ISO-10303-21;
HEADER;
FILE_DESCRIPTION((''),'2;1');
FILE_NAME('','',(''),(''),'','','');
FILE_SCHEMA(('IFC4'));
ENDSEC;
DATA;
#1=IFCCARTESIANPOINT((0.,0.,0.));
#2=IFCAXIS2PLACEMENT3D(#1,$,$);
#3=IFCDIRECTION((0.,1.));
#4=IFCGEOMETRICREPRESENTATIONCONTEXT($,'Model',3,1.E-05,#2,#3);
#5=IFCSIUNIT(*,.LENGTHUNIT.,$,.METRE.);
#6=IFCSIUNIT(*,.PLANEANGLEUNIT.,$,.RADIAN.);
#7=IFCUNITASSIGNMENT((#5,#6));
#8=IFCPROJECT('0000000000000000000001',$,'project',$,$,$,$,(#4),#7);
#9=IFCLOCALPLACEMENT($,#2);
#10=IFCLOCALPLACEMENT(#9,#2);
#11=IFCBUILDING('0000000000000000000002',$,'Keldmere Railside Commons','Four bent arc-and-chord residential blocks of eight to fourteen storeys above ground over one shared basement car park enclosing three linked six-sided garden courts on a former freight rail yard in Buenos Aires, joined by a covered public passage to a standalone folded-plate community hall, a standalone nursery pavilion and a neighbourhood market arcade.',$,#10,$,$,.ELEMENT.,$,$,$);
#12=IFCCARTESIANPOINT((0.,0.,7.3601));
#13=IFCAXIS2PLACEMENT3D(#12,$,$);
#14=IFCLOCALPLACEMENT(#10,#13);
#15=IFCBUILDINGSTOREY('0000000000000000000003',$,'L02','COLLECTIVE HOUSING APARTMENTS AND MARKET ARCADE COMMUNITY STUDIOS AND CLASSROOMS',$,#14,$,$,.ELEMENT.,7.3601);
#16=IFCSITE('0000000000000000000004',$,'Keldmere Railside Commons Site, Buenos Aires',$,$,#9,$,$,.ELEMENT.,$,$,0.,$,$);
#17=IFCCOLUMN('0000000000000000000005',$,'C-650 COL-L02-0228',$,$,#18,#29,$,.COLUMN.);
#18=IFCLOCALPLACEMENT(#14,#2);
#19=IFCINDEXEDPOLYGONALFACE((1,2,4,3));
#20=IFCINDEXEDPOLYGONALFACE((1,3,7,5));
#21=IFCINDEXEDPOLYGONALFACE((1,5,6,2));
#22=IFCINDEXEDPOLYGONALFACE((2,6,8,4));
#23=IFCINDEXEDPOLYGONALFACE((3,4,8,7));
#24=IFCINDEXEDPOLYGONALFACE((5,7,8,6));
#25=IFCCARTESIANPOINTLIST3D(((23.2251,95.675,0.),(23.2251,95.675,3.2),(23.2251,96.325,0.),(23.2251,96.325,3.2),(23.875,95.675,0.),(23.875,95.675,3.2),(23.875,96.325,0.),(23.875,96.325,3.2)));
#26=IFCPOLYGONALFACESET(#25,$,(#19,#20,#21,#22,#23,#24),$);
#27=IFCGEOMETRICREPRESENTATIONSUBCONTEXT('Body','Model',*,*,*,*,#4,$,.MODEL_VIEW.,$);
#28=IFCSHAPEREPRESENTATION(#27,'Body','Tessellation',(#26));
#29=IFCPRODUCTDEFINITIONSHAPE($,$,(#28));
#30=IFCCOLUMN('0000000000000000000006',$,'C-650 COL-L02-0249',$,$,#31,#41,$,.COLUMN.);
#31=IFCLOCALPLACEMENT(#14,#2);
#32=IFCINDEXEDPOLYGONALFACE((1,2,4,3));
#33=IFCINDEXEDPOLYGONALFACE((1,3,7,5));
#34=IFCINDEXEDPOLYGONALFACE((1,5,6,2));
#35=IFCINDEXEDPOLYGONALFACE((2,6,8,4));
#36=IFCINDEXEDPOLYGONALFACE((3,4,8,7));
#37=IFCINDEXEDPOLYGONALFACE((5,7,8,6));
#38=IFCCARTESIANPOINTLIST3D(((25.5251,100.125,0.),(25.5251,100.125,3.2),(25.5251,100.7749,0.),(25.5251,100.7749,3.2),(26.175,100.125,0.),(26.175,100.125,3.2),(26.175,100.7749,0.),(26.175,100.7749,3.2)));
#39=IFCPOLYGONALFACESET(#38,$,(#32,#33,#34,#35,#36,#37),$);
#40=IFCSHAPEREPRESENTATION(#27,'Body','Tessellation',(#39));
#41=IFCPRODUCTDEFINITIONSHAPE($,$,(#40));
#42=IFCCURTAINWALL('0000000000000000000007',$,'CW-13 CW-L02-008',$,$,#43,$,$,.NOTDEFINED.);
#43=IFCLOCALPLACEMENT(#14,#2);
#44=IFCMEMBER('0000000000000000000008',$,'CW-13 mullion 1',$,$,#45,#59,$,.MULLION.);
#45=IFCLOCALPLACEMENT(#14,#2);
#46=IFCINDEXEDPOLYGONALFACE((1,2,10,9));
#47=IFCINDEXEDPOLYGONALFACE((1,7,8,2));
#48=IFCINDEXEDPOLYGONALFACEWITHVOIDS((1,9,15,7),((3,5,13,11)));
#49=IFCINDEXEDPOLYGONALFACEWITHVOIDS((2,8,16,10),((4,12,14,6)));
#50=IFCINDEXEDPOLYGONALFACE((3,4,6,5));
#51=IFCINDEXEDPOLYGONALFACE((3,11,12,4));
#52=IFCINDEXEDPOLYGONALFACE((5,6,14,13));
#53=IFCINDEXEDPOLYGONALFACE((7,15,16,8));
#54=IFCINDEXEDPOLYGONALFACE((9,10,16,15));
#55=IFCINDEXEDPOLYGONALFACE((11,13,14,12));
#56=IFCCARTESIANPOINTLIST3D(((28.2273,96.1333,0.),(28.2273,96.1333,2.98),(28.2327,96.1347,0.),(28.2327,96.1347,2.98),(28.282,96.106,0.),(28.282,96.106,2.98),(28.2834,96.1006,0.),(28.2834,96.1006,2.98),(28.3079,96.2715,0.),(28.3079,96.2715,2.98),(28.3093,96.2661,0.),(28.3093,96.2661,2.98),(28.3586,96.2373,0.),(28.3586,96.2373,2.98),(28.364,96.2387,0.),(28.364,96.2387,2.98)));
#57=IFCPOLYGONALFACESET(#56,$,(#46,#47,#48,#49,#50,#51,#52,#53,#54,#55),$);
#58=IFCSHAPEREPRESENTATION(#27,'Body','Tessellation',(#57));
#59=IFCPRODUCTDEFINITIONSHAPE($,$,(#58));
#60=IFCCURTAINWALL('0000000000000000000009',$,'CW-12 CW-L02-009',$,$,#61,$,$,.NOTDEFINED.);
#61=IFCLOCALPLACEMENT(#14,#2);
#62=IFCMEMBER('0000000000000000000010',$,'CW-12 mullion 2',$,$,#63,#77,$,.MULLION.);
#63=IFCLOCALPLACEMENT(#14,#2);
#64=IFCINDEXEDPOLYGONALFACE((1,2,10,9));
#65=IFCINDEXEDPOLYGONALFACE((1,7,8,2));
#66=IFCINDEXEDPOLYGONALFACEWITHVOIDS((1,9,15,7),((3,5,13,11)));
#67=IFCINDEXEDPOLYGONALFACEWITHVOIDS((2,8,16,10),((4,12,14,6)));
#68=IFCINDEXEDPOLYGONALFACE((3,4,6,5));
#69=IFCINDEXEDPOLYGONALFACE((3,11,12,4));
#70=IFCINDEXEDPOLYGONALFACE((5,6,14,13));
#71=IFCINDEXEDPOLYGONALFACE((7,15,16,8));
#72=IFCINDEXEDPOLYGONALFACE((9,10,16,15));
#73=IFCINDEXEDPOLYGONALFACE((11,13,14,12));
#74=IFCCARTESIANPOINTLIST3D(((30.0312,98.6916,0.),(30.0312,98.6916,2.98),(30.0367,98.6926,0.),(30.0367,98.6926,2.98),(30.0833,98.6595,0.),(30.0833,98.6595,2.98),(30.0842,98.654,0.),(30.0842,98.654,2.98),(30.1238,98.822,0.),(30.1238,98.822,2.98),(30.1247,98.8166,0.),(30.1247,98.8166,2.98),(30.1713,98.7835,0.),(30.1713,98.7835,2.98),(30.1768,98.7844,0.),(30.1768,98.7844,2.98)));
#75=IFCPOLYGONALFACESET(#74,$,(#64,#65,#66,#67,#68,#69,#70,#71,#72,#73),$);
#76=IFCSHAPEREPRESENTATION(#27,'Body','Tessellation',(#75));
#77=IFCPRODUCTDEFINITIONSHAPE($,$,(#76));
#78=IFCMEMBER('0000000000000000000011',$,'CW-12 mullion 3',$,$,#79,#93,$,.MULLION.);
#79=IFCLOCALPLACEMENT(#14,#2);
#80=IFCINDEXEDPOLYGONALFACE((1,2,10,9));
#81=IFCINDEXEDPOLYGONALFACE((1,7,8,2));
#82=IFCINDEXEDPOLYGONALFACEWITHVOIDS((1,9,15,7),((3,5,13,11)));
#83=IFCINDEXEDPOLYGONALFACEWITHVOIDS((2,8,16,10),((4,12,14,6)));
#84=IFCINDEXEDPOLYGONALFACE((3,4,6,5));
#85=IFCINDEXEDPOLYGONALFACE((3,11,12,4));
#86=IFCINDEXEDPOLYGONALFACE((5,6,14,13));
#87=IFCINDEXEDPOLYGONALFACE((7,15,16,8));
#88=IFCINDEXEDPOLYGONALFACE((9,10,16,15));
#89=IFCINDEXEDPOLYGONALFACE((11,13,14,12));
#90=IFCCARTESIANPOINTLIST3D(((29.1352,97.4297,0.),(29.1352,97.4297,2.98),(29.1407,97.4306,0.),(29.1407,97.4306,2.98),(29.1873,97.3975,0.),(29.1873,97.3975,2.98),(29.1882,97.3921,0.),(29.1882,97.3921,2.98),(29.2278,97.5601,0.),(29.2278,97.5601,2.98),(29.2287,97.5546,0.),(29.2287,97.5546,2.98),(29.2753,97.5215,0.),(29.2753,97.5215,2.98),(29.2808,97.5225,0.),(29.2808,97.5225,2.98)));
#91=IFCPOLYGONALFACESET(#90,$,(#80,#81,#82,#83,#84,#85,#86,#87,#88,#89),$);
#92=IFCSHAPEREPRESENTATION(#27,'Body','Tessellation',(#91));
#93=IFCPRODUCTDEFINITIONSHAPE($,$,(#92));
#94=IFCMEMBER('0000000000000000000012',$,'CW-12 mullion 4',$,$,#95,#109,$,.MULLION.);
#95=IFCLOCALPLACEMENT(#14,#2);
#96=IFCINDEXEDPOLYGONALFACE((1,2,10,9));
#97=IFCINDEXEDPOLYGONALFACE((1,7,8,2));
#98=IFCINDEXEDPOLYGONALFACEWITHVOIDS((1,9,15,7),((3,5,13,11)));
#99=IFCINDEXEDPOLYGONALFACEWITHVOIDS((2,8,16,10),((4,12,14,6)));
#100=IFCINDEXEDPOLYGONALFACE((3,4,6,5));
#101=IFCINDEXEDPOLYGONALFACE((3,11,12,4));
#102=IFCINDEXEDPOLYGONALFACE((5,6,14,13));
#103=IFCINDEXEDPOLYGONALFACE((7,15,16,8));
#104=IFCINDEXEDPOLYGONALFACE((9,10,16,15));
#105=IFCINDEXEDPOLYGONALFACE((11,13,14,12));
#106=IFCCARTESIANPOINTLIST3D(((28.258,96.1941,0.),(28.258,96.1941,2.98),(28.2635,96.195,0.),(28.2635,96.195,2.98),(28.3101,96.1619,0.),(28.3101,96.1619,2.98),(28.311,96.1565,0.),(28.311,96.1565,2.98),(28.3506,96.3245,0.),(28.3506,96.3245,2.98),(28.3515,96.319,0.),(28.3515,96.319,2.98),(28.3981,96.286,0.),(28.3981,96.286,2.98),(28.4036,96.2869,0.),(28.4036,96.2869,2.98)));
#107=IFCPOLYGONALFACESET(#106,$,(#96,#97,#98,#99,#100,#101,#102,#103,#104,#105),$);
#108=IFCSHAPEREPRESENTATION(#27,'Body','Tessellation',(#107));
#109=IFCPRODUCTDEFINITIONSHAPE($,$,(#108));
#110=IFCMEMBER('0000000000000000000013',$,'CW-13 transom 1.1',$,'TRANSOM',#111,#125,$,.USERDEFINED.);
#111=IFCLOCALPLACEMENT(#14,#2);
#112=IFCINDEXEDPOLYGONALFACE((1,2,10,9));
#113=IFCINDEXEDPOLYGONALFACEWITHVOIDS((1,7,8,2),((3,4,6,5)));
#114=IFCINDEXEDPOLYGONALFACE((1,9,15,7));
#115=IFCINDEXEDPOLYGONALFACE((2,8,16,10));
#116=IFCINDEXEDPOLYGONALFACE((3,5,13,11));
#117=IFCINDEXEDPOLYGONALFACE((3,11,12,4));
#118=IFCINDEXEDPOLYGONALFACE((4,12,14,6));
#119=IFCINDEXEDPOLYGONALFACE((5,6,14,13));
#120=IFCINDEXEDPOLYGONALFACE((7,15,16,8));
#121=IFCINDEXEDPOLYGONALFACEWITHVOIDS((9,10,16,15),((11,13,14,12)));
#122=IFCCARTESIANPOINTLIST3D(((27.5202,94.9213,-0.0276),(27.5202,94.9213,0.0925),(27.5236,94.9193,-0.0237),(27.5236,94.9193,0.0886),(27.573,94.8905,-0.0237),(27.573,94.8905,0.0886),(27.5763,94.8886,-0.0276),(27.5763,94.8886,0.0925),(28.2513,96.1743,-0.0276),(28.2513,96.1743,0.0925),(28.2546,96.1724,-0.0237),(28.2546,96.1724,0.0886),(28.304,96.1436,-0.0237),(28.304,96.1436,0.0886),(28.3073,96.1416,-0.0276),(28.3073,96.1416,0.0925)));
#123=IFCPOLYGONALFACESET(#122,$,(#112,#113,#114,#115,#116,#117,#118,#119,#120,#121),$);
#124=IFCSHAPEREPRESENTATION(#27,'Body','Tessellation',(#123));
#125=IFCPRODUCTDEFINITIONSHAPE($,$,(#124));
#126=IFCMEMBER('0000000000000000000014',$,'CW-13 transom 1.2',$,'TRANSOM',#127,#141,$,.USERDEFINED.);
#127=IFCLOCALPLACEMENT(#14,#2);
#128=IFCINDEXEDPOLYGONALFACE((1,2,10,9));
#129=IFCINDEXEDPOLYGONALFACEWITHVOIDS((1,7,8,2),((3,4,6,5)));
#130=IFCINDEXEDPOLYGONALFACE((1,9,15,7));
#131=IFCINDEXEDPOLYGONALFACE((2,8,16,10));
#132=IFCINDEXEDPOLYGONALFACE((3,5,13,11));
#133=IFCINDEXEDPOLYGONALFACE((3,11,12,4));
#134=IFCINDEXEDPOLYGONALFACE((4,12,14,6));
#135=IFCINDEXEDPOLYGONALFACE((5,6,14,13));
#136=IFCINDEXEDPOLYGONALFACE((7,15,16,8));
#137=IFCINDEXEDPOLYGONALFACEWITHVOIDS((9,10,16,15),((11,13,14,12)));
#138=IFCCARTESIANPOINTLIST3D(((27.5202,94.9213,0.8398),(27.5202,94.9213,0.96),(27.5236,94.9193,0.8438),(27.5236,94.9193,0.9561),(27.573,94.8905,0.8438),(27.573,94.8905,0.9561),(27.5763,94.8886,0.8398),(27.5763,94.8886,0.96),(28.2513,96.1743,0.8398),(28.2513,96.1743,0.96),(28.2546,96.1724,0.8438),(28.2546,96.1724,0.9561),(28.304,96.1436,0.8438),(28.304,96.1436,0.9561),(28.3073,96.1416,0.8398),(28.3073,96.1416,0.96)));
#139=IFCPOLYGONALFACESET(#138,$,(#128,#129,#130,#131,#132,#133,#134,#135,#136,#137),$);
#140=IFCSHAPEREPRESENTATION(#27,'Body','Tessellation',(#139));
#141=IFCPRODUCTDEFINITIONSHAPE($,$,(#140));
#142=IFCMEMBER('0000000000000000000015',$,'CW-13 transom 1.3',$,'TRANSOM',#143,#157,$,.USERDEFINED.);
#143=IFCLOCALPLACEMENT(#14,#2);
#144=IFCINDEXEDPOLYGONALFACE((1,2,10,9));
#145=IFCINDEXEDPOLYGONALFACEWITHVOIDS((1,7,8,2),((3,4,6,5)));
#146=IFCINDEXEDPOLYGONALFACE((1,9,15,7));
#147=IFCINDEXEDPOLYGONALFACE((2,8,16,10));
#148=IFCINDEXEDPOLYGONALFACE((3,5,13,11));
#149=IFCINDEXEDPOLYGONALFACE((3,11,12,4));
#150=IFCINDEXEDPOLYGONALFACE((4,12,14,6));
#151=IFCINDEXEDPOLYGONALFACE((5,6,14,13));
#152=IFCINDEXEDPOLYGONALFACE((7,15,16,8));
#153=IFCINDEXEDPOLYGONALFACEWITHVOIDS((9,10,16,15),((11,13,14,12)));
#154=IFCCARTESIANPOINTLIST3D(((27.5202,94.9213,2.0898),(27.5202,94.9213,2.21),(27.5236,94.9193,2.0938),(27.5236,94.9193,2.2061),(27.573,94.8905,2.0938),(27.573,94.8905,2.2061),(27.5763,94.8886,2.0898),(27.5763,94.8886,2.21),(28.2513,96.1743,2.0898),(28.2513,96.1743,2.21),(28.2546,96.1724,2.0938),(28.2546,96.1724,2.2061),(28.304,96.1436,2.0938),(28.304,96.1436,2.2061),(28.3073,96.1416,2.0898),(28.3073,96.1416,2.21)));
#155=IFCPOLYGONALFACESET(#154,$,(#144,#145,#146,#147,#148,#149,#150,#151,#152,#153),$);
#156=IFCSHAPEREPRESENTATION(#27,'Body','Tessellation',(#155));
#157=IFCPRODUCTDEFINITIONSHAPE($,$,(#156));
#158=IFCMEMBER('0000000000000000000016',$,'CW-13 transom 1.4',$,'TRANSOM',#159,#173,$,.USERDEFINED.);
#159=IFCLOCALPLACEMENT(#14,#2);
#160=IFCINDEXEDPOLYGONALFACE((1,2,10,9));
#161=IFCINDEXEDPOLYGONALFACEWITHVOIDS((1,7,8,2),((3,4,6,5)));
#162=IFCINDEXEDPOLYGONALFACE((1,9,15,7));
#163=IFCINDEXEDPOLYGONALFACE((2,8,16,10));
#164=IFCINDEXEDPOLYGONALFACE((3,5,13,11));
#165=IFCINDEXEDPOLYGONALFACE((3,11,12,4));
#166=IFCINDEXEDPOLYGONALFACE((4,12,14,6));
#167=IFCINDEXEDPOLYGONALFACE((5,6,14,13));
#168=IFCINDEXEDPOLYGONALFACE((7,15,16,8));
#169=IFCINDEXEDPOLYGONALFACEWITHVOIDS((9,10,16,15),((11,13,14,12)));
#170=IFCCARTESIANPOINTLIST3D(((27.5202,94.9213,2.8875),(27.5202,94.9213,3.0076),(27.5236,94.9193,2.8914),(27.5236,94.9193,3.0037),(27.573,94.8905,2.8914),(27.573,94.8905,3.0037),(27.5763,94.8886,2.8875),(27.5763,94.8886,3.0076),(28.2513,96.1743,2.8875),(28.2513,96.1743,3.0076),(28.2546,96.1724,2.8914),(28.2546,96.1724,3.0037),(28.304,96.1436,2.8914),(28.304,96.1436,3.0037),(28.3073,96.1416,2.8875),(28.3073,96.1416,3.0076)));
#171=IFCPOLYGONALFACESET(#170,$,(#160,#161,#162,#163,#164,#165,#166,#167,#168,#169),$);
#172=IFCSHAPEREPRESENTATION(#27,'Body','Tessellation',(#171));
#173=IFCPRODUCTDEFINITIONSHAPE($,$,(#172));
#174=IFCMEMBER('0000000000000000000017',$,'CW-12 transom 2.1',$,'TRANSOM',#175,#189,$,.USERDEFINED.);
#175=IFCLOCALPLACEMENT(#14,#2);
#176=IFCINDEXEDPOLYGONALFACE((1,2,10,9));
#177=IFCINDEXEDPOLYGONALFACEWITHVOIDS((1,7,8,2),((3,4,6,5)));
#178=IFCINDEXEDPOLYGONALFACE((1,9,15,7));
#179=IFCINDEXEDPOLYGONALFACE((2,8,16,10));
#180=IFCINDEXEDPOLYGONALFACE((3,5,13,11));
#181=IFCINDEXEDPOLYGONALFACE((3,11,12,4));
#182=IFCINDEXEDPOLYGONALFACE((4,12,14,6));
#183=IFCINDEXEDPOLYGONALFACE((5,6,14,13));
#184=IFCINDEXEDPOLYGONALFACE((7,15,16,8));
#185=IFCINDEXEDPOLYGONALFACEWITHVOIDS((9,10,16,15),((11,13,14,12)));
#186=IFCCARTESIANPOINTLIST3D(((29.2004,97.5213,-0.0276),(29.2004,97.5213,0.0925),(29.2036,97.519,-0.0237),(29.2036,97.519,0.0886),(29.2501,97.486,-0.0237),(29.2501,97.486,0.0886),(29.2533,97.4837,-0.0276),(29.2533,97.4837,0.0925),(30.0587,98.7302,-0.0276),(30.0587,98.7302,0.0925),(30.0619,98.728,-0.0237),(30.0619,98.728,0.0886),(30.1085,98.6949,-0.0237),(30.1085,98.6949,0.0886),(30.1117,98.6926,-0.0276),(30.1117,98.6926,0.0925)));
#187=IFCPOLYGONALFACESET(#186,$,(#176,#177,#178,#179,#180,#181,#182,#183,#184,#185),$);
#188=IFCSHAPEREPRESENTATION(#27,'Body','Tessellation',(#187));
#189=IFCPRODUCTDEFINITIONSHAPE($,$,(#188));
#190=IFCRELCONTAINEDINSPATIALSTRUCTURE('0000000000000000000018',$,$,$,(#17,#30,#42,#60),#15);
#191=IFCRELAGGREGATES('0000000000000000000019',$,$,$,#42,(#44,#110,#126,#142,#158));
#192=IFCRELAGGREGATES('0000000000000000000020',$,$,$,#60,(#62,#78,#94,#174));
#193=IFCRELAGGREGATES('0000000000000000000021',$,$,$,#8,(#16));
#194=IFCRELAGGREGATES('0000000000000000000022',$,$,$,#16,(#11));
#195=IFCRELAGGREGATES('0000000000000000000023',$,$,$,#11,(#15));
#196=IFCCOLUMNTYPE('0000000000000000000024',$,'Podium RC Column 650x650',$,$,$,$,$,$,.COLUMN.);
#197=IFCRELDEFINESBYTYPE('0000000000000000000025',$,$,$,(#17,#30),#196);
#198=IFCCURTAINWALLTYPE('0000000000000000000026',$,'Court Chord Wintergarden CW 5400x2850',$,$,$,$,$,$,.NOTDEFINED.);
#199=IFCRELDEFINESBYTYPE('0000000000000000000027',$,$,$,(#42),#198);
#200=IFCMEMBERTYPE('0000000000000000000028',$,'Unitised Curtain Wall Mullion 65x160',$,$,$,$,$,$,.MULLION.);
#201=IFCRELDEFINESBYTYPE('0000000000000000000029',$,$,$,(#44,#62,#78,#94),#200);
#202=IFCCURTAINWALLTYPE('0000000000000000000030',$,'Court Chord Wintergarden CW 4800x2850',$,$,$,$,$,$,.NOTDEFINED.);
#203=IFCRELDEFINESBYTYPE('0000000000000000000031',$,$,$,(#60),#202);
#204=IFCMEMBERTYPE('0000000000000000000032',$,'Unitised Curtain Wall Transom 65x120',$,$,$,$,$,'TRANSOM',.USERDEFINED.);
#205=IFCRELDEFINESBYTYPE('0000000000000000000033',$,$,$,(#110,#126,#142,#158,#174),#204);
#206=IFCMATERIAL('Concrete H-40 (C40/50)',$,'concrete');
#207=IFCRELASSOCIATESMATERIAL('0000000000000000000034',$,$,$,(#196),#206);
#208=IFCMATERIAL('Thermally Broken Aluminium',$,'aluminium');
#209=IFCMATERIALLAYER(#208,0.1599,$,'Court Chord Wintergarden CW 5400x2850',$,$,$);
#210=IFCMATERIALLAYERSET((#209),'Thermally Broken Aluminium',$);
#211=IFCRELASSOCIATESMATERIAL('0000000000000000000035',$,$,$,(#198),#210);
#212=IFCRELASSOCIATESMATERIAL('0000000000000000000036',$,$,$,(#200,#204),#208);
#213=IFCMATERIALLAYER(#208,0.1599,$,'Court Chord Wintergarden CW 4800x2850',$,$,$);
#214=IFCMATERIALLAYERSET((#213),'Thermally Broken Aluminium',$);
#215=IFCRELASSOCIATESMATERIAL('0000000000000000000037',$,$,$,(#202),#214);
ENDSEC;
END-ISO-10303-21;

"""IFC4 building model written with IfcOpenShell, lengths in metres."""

from ifc_helpers import new_model, si_unit, direction, frame, origin, origin_2d, place, context, subcontext, project, spatial, rectangle, hollow_rectangle, extrude, material, layer, layer_set, material_profile, profile_set, type_object, element, aggregate, save


model = new_model("IFC4")

# Units and contexts
model_context = context("Model", 3, precision=1e-05, world=origin(), true_north=direction((0.0, 1.0)))
body_context = subcontext(model_context, "Body", "Model", "MODEL_VIEW")
ifc_project = project(units=[si_unit("LENGTHUNIT", "METRE"), si_unit("PLANEANGLEUNIT", "RADIAN")], contexts=[model_context])

# Site, building, storey
site_placement = place(None, origin())
site = spatial("IfcSite", under=ifc_project, at=site_placement, Name="Keldmere Railside Commons Site, Buenos Aires", CompositionType="ELEMENT", RefElevation=0.0)
building_placement = place(site_placement, origin())
building = spatial("IfcBuilding", under=site, at=building_placement, Name="Keldmere Railside Commons", Description="Four bent arc-and-chord residential blocks of eight to fourteen storeys above ground over one shared basement car park enclosing three linked six-sided garden courts on a former freight rail yard in Buenos Aires, joined by a covered public passage to a standalone folded-plate community hall, a standalone nursery pavilion and a neighbourhood market arcade.", CompositionType="ELEMENT")
storey_placement = place(building_placement, frame((0.0, 0.0, 7.3601)))
storey = spatial("IfcBuildingStorey", under=building, at=storey_placement, Name="L02", Description="COLLECTIVE HOUSING APARTMENTS AND MARKET ARCADE COMMUNITY STUDIOS AND CLASSROOMS", CompositionType="ELEMENT", Elevation=7.3601)

# Columns
ifc_material_1 = material(Name="Concrete H-40 (C40/50)", Category="concrete")
ifc_material_profile_1 = material_profile(ifc_material_1, rectangle(XDim=0.6499, YDim=0.6499, at=origin_2d()), Name="RC-650x650")
ifc_profile_set_1 = profile_set([ifc_material_profile_1], Name="Concrete H-40 (C40/50)")
column_type = type_object("IfcColumnType", Name="Podium RC Column 650x650", PredefinedType="COLUMN", material=ifc_profile_set_1)
for number, where, z_axis, x_axis, name in (
    (1, (23.55, 96.0, 0.0), (0.0, 0.0, 1.0), (1.0, 0.0, 0.0), "C-650 COL-L02-0228"),
    (2, (25.8501, 100.45, 0.0), (0.0, 0.0, 1.0), (1.0, 0.0, 0.0), "C-650 COL-L02-0249"),
):
    element("IfcColumn", number, at=place(storey_placement, frame(where, z_axis=z_axis, x_axis=x_axis)), inside=storey, type_object=column_type, Name=name, PredefinedType="COLUMN", context=body_context, shape_type="SweptSolid", body=[
        extrude(rectangle(XDim=0.6499, YDim=0.6499, at=origin_2d()), origin(), (0.0, 0.0, 1.0), 3.2),
    ])

# Curtain wall, member
ifc_material_2 = material(Name="Thermally Broken Aluminium", Category="aluminium")
ifc_layer_1 = layer(ifc_material_2, 0.1599, Name="Court Chord Wintergarden CW 5400x2850")
ifc_layer_set_1 = layer_set([ifc_layer_1], Name="Thermally Broken Aluminium")
curtain_wall_type_1 = type_object("IfcCurtainWallType", Name="Court Chord Wintergarden CW 5400x2850", PredefinedType="NOTDEFINED", material=ifc_layer_set_1)
curtain_wall_1_placement = place(storey_placement, origin())
curtain_wall_1 = element("IfcCurtainWall", 3, at=curtain_wall_1_placement, inside=storey, type_object=curtain_wall_type_1, Name="CW-13 CW-L02-008", PredefinedType="NOTDEFINED")
ifc_material_profile_2 = material_profile(ifc_material_2, hollow_rectangle(XDim=0.0649, YDim=0.1599, WallThickness=0.0039, at=origin_2d()), Name="ALU-MULL-65x160")
ifc_profile_set_2 = profile_set([ifc_material_profile_2], Name="Thermally Broken Aluminium")
member_type_1 = type_object("IfcMemberType", Name="Unitised Curtain Wall Mullion 65x160", PredefinedType="MULLION", material=ifc_profile_set_2)
member_1_placement = place(storey_placement, frame((28.2957, 96.186, 0.0), z_axis=(0.0, 0.0, 1.0), x_axis=(0.863755, -0.503911, 0.0)))
member_1 = element("IfcMember", 4, at=member_1_placement, type_object=member_type_1, Name="CW-13 mullion 1", PredefinedType="MULLION", context=body_context, shape_type="SweptSolid", body=[
    extrude(hollow_rectangle(XDim=0.0649, YDim=0.1599, WallThickness=0.0039, at=origin_2d()), origin(), (0.0, 0.0, 1.0), 2.98),
])

# Curtain wall, members
ifc_layer_2 = layer(ifc_material_2, 0.1599, Name="Court Chord Wintergarden CW 4800x2850")
ifc_layer_set_2 = layer_set([ifc_layer_2], Name="Thermally Broken Aluminium")
curtain_wall_type_2 = type_object("IfcCurtainWallType", Name="Court Chord Wintergarden CW 4800x2850", PredefinedType="NOTDEFINED", material=ifc_layer_set_2)
curtain_wall_2_placement = place(storey_placement, origin())
curtain_wall_2 = element("IfcCurtainWall", 5, at=curtain_wall_2_placement, inside=storey, type_object=curtain_wall_type_2, Name="CW-12 CW-L02-009", PredefinedType="NOTDEFINED")
member_2_placement = place(storey_placement, frame((30.104, 98.738, 0.0), z_axis=(0.0, 0.0, 1.0), x_axis=(0.815389, -0.578913, 0.0)))
member_2 = element("IfcMember", 6, at=member_2_placement, type_object=member_type_1, Name="CW-12 mullion 2", PredefinedType="MULLION", context=body_context, shape_type="SweptSolid", body=[
    extrude(hollow_rectangle(XDim=0.0649, YDim=0.1599, WallThickness=0.0039, at=origin_2d()), origin(), (0.0, 0.0, 1.0), 2.98),
])
member_3_placement = place(storey_placement, frame((29.208, 97.4761, 0.0), z_axis=(0.0, 0.0, 1.0), x_axis=(0.815389, -0.578913, 0.0)))
member_3 = element("IfcMember", 7, at=member_3_placement, type_object=member_type_1, Name="CW-12 mullion 3", PredefinedType="MULLION", context=body_context, shape_type="SweptSolid", body=[
    extrude(hollow_rectangle(XDim=0.0649, YDim=0.1599, WallThickness=0.0039, at=origin_2d()), origin(), (0.0, 0.0, 1.0), 2.98),
])
member_4_placement = place(storey_placement, frame((28.3308, 96.2405, 0.0), z_axis=(0.0, 0.0, 1.0), x_axis=(0.815389, -0.578913, 0.0)))
member_4 = element("IfcMember", 8, at=member_4_placement, type_object=member_type_1, Name="CW-12 mullion 4", PredefinedType="MULLION", context=body_context, shape_type="SweptSolid", body=[
    extrude(hollow_rectangle(XDim=0.0649, YDim=0.1599, WallThickness=0.0039, at=origin_2d()), origin(), (0.0, 0.0, 1.0), 2.98),
])

# Members
ifc_material_profile_3 = material_profile(ifc_material_2, hollow_rectangle(XDim=0.0649, YDim=0.1201, WallThickness=0.0039, at=origin_2d()), Name="ALU-TRAN-65x120")
ifc_profile_set_3 = profile_set([ifc_material_profile_3], Name="Thermally Broken Aluminium")
member_type_2 = type_object("IfcMemberType", Name="Unitised Curtain Wall Transom 65x120", ElementType="TRANSOM", PredefinedType="USERDEFINED", material=ifc_profile_set_3)
member_5_placement = place(storey_placement, frame((28.2793, 96.158, 0.0325), z_axis=(-0.503913, -0.863754, 0.0), x_axis=(0.863754, -0.503913, 0.0)))
member_5 = element("IfcMember", 9, at=member_5_placement, type_object=member_type_2, Name="CW-13 transom 1.1", ObjectType="TRANSOM", PredefinedType="USERDEFINED", context=body_context, shape_type="SweptSolid", body=[
    extrude(hollow_rectangle(XDim=0.0649, YDim=0.1201, WallThickness=0.0039, at=origin_2d()), origin(), (0.0, 0.0, 1.0), 1.4507),
])
member_6_placement = place(storey_placement, frame((28.2793, 96.158, 0.8999), z_axis=(-0.503913, -0.863754, 0.0), x_axis=(0.863754, -0.503913, 0.0)))
member_6 = element("IfcMember", 10, at=member_6_placement, type_object=member_type_2, Name="CW-13 transom 1.2", ObjectType="TRANSOM", PredefinedType="USERDEFINED", context=body_context, shape_type="SweptSolid", body=[
    extrude(hollow_rectangle(XDim=0.0649, YDim=0.1201, WallThickness=0.0039, at=origin_2d()), origin(), (0.0, 0.0, 1.0), 1.4507),
])
member_7_placement = place(storey_placement, frame((28.2793, 96.158, 2.1499), z_axis=(-0.503913, -0.863754, 0.0), x_axis=(0.863754, -0.503913, 0.0)))
member_7 = element("IfcMember", 11, at=member_7_placement, type_object=member_type_2, Name="CW-13 transom 1.3", ObjectType="TRANSOM", PredefinedType="USERDEFINED", context=body_context, shape_type="SweptSolid", body=[
    extrude(hollow_rectangle(XDim=0.0649, YDim=0.1201, WallThickness=0.0039, at=origin_2d()), origin(), (0.0, 0.0, 1.0), 1.4507),
])
member_8_placement = place(storey_placement, frame((28.2793, 96.158, 2.9475), z_axis=(-0.503913, -0.863754, 0.0), x_axis=(0.863754, -0.503913, 0.0)))
member_8 = element("IfcMember", 12, at=member_8_placement, type_object=member_type_2, Name="CW-13 transom 1.4", ObjectType="TRANSOM", PredefinedType="USERDEFINED", context=body_context, shape_type="SweptSolid", body=[
    extrude(hollow_rectangle(XDim=0.0649, YDim=0.1201, WallThickness=0.0039, at=origin_2d()), origin(), (0.0, 0.0, 1.0), 1.4507),
])
member_9_placement = place(storey_placement, frame((30.0852, 98.7114, 0.0325), z_axis=(-0.578931, -0.815377, 0.0), x_axis=(0.815377, -0.578931, 0.0)))
member_9 = element("IfcMember", 13, at=member_9_placement, type_object=member_type_2, Name="CW-12 transom 2.1", ObjectType="TRANSOM", PredefinedType="USERDEFINED", context=body_context, shape_type="SweptSolid", body=[
    extrude(hollow_rectangle(XDim=0.0649, YDim=0.1201, WallThickness=0.0039, at=origin_2d()), origin(), (0.0, 0.0, 1.0), 1.4827),
])

aggregate(curtain_wall_1, [member_1, member_5, member_6, member_7, member_8])
aggregate(curtain_wall_2, [member_2, member_3, member_4, member_9])

save(model, "model.ifc")
